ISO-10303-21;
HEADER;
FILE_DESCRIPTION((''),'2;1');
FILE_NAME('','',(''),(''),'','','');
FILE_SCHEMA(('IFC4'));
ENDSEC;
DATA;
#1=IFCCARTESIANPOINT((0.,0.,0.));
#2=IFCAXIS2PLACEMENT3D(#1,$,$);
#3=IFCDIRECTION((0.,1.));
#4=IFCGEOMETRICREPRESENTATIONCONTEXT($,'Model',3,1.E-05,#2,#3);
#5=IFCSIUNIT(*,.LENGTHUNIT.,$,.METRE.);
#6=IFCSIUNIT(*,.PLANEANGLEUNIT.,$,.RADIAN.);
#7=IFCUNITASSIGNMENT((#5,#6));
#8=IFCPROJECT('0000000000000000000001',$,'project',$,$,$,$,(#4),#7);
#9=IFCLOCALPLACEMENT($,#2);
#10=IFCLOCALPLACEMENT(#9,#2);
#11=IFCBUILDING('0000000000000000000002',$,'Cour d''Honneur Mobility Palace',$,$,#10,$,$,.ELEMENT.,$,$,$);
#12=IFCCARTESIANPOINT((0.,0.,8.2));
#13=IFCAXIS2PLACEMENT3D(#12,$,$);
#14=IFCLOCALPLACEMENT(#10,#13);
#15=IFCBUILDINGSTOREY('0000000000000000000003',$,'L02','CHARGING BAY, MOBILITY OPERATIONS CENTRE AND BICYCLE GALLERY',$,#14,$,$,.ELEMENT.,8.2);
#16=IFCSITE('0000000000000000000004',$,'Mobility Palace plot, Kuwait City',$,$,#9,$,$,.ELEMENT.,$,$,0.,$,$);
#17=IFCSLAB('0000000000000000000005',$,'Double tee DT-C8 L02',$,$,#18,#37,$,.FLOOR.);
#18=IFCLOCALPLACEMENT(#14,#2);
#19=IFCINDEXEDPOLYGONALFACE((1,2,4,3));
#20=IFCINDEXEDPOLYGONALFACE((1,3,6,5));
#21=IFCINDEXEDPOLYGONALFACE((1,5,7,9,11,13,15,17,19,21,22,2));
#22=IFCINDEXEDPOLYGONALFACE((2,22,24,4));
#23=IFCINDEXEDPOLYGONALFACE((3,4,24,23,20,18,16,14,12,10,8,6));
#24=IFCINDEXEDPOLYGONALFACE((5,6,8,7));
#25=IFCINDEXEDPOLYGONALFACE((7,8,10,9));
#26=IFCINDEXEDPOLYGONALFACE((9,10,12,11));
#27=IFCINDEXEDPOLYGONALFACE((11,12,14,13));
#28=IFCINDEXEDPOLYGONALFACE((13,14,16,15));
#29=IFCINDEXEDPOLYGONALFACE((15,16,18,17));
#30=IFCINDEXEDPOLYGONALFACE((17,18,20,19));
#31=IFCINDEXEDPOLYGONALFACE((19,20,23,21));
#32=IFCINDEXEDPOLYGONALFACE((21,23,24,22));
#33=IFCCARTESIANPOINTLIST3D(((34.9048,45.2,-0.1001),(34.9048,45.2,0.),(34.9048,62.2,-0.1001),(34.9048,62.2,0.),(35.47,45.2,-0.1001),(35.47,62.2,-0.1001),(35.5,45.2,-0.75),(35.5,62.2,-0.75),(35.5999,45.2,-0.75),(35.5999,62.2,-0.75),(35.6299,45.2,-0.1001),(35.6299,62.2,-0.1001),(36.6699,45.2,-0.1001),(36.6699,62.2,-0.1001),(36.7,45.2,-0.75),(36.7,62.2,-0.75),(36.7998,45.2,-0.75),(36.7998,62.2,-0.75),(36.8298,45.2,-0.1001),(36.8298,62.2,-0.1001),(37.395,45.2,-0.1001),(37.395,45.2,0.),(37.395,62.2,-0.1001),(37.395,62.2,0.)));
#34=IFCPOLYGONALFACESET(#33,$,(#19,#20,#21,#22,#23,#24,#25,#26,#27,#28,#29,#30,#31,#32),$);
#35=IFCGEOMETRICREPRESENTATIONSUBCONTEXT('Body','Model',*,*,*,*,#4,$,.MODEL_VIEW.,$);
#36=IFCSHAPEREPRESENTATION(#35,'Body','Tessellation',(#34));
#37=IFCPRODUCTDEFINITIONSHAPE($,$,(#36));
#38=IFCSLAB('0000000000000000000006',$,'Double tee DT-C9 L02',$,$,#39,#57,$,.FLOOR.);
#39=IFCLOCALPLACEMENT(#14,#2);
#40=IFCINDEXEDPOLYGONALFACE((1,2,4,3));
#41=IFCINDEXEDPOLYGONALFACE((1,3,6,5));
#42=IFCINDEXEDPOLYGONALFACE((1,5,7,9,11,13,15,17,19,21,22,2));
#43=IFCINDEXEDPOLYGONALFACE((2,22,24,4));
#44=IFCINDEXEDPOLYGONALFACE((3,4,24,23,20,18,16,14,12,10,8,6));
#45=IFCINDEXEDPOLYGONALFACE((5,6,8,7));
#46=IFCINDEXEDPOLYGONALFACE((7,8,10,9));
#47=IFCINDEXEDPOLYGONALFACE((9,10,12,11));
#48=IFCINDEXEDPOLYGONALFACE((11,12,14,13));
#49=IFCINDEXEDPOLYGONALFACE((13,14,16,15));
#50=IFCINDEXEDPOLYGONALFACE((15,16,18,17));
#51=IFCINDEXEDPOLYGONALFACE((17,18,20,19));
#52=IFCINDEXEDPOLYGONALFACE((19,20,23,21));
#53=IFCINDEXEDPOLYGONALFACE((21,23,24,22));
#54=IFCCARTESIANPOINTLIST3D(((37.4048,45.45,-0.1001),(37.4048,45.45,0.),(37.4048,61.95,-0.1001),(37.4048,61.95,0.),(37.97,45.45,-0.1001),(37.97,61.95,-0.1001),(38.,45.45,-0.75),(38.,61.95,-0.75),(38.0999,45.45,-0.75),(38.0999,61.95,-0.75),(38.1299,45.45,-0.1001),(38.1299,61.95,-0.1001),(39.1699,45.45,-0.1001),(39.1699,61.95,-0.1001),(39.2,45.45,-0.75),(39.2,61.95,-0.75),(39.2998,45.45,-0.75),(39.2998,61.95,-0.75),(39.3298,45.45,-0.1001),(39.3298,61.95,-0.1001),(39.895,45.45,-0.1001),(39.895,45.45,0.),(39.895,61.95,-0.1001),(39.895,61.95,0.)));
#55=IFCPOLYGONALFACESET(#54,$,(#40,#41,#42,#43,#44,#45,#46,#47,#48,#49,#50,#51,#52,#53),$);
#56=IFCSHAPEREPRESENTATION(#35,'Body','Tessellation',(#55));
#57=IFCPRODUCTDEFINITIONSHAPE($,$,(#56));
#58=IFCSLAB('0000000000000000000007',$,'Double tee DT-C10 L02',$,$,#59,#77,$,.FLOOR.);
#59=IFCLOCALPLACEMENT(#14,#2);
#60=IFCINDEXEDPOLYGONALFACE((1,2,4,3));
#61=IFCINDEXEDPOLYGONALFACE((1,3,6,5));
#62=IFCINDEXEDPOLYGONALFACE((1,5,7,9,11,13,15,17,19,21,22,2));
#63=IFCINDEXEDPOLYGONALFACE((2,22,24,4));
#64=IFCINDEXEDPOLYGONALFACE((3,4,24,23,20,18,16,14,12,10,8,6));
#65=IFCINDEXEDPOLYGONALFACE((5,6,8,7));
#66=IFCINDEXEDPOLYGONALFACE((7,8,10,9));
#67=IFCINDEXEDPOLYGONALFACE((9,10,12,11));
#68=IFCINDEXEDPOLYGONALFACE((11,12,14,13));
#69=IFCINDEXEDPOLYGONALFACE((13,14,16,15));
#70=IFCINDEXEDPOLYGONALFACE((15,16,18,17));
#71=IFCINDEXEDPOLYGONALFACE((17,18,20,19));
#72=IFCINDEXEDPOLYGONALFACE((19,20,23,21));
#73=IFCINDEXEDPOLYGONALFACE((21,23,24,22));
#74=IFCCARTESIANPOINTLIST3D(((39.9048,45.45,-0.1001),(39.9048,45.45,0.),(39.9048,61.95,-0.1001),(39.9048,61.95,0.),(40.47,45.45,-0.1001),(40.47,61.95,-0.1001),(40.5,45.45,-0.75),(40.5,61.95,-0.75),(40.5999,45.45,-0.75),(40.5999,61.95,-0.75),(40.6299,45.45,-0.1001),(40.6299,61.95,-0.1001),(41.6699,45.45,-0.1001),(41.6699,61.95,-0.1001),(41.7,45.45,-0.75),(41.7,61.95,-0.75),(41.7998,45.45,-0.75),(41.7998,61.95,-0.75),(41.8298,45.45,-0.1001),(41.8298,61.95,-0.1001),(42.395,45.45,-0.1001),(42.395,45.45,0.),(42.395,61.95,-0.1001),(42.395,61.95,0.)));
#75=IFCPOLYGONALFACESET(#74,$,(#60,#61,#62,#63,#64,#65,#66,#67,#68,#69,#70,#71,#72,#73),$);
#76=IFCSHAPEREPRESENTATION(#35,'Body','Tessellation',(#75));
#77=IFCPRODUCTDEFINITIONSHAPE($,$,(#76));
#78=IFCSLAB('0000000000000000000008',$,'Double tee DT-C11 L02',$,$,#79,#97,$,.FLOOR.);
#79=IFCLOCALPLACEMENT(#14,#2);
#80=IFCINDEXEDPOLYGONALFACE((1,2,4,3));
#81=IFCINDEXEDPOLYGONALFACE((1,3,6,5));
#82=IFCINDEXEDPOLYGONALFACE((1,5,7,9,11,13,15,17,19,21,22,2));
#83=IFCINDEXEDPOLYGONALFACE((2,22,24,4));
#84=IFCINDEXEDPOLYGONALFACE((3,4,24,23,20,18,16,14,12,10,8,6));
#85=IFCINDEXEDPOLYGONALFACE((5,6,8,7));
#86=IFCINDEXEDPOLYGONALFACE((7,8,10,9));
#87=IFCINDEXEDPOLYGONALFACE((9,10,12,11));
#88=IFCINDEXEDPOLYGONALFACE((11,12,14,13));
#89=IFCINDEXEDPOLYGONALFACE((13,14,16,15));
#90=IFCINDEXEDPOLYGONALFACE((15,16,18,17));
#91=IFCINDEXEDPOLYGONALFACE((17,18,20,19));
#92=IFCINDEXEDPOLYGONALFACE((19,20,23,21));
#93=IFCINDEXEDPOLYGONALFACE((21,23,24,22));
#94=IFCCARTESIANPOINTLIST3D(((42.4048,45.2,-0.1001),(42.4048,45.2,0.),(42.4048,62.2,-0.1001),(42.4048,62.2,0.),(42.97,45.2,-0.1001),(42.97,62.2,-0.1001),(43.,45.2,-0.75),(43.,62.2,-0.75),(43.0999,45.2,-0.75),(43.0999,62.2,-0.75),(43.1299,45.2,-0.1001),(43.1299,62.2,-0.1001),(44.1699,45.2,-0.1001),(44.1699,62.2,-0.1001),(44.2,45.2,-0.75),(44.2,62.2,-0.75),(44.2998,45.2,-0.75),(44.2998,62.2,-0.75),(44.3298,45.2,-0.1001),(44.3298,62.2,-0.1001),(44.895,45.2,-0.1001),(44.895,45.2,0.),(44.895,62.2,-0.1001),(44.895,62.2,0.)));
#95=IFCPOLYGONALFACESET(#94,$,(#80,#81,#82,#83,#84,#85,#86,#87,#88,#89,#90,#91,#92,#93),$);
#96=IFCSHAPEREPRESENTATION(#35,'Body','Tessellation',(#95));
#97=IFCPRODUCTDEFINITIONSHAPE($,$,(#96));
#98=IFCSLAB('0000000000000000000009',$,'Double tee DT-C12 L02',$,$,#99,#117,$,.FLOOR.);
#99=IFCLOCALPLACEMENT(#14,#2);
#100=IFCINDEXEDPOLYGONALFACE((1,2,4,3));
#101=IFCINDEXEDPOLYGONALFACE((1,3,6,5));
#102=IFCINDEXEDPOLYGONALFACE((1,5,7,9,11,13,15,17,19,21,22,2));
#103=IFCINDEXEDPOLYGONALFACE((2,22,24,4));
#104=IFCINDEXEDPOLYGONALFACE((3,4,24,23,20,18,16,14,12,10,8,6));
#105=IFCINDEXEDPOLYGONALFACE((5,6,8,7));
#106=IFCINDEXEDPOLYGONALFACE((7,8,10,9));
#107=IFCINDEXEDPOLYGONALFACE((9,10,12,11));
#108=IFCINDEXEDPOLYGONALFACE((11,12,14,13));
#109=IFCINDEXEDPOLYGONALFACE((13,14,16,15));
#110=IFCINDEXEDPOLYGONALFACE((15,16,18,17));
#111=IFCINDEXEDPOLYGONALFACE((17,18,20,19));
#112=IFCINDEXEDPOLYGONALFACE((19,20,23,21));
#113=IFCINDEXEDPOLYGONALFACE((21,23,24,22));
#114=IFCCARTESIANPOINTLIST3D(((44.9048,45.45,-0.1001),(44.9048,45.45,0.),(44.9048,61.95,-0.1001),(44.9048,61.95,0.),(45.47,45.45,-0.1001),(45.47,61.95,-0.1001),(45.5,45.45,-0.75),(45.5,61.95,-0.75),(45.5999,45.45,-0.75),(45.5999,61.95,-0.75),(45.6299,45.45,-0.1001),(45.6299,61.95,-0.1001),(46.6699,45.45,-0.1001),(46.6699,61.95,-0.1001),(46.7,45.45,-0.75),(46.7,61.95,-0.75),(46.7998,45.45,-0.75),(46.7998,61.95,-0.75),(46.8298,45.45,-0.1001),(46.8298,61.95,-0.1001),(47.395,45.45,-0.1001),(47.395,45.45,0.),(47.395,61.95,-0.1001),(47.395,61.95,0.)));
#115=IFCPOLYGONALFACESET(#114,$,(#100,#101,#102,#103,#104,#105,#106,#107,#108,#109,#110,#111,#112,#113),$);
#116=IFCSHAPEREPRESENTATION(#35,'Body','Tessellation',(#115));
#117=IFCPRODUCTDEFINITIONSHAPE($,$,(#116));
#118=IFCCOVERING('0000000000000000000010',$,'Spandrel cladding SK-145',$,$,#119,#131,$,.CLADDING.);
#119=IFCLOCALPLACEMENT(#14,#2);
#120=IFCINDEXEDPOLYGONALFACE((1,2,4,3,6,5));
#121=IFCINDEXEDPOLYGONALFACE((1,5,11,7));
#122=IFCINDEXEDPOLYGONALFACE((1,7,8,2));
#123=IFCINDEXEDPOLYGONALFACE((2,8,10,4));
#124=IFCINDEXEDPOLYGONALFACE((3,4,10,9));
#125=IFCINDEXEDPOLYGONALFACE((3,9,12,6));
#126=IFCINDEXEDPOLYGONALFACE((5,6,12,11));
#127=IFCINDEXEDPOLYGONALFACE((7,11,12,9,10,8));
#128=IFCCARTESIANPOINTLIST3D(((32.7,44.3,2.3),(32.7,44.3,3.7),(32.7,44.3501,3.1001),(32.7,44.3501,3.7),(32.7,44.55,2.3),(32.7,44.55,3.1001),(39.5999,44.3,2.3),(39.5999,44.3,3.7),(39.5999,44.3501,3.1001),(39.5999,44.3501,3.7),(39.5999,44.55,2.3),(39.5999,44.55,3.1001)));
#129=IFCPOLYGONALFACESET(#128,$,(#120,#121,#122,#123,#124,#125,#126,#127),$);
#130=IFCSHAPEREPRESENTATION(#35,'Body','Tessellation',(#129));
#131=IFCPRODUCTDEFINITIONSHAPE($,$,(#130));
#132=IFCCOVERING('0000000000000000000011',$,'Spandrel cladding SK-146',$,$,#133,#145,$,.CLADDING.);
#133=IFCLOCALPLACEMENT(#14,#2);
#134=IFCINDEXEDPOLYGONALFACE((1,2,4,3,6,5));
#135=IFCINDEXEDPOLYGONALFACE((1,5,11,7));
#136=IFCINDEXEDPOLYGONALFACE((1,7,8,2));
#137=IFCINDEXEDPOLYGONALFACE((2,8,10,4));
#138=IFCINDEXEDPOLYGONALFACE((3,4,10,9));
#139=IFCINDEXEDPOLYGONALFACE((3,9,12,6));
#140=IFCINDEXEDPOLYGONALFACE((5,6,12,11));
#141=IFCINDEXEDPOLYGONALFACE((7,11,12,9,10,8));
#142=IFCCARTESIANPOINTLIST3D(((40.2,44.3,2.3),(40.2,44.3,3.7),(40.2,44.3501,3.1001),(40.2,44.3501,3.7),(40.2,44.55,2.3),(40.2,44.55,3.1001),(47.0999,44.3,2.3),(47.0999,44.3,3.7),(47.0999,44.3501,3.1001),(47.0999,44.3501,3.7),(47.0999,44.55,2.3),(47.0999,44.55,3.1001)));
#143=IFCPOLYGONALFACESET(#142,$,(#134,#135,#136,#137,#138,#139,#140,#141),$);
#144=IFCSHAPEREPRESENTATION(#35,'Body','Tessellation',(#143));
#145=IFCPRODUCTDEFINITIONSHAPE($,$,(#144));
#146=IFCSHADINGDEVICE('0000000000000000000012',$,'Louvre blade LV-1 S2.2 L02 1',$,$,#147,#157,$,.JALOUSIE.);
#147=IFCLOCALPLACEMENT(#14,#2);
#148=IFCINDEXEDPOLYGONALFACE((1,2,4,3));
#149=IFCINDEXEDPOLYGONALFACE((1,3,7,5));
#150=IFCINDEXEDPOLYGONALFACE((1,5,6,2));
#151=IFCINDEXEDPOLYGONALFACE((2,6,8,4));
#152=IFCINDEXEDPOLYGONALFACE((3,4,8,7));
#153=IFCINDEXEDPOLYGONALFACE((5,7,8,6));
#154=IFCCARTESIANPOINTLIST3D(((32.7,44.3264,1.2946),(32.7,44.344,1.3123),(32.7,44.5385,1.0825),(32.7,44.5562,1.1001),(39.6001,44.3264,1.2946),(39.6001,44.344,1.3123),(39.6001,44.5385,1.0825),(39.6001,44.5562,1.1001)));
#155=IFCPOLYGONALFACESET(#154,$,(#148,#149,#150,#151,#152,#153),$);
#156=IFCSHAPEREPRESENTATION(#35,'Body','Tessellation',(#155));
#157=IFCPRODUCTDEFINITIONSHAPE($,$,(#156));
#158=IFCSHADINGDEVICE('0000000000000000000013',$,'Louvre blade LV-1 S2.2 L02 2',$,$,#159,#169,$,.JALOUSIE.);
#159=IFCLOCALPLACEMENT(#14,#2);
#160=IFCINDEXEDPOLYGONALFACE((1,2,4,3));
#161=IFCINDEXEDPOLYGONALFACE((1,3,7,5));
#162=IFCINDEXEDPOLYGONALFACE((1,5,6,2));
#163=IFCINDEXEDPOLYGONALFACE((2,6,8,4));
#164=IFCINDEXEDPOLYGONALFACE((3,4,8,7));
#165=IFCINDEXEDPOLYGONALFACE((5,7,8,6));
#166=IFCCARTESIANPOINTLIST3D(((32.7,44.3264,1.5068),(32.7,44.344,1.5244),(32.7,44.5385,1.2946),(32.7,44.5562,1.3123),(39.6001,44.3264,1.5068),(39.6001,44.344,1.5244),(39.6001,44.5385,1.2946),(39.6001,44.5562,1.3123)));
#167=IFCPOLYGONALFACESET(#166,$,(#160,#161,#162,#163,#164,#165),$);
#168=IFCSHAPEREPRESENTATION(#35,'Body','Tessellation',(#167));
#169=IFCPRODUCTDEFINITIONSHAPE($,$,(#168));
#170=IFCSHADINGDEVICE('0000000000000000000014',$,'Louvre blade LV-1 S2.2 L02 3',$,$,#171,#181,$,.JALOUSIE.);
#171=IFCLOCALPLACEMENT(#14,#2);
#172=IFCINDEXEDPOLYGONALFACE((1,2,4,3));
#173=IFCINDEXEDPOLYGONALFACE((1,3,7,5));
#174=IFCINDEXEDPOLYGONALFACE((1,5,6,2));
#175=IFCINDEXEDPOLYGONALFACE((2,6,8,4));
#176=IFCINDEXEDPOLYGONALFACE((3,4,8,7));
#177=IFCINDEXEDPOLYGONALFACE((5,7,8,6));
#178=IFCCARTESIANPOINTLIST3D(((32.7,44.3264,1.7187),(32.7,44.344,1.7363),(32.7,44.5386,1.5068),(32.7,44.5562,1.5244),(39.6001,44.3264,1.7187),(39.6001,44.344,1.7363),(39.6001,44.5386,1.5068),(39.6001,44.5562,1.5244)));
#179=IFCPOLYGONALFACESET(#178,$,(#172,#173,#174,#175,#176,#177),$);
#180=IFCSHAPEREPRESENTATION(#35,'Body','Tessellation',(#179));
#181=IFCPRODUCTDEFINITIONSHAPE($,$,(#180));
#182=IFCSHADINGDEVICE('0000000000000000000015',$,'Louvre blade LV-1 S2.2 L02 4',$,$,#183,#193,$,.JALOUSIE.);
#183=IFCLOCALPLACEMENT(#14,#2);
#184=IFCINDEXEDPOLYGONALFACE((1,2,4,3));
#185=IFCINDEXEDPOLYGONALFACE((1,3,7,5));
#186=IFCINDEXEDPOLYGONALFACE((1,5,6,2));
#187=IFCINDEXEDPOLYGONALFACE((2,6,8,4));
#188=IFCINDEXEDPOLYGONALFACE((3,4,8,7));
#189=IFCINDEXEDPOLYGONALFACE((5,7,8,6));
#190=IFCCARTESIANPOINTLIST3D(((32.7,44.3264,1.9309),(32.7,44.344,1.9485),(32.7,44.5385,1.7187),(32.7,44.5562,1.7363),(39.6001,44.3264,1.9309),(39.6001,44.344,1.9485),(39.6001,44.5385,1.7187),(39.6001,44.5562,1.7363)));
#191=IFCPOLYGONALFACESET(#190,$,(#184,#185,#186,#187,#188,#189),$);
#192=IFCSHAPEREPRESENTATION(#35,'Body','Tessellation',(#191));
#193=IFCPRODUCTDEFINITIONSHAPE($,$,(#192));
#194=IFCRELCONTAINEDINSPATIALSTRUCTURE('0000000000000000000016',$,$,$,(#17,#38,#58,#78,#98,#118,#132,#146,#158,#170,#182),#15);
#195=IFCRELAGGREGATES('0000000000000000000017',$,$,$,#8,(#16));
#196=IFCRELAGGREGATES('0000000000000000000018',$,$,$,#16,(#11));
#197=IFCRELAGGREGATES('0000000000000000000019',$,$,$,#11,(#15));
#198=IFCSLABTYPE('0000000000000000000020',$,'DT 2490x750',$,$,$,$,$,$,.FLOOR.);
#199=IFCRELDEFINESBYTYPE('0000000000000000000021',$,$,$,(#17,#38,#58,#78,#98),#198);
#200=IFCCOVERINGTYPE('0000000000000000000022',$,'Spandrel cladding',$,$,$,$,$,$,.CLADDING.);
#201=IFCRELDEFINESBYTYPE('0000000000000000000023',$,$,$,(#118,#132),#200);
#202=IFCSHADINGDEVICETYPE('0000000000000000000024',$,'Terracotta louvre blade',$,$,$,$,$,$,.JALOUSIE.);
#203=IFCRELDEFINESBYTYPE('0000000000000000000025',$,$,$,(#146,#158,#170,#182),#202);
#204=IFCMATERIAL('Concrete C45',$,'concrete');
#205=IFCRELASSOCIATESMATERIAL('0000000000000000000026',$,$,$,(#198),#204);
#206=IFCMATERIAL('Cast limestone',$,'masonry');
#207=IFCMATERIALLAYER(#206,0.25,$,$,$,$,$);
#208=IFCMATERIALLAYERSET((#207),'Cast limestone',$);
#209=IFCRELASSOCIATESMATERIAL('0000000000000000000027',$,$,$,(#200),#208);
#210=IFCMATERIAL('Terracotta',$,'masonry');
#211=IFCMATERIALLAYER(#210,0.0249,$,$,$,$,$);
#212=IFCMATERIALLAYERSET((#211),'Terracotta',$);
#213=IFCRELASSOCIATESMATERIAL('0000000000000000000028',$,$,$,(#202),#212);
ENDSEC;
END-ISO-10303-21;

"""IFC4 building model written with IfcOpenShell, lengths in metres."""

from ifc_helpers import new_model, si_unit, direction, frame, origin, place, context, subcontext, project, spatial, polyline, outline, extrude, material, layer, layer_set, material_profile, profile_set, type_object, element, save


model = new_model("IFC4")

# Units and contexts
model_context = context("Model", 3, precision=1e-05, world=origin(), true_north=direction((0.0, 1.0)))
body_context = subcontext(model_context, "Body", "Model", "MODEL_VIEW")
ifc_project = project(units=[si_unit("LENGTHUNIT", "METRE"), si_unit("PLANEANGLEUNIT", "RADIAN")], contexts=[model_context])

# Site, building, storey
site_placement = place(None, origin())
site = spatial("IfcSite", under=ifc_project, at=site_placement, Name="Mobility Palace plot, Kuwait City", CompositionType="ELEMENT", RefElevation=0.0)
building_placement = place(site_placement, origin())
building = spatial("IfcBuilding", under=site, at=building_placement, Name="Cour d'Honneur Mobility Palace", CompositionType="ELEMENT")
storey_placement = place(building_placement, frame((0.0, 0.0, 8.2)))
storey = spatial("IfcBuildingStorey", under=building, at=storey_placement, Name="L02", Description="CHARGING BAY, MOBILITY OPERATIONS CENTRE AND BICYCLE GALLERY", CompositionType="ELEMENT", Elevation=8.2)

# Slabs
ifc_material_1 = material(Name="Concrete C45", Category="concrete")
ifc_material_profile_1 = material_profile(ifc_material_1, outline(polyline([(-1.2451, 0.0), (1.2451, 0.0), (1.2451, -0.1001), (0.6799, -0.1001), (0.6499, -0.75), (0.55, -0.75), (0.52, -0.1001), (-0.52, -0.1001), (-0.55, -0.75), (-0.6499, -0.75), (-0.6799, -0.1001), (-1.2451, -0.1001), (-1.2451, 0.0)])), Name="DT 2490x750")
ifc_profile_set_1 = profile_set([ifc_material_profile_1], Name="Concrete C45")
slab_type = type_object("IfcSlabType", Name="DT 2490x750", PredefinedType="FLOOR", material=ifc_profile_set_1)
slab_1_placement = place(storey_placement, frame((36.1499, 45.2, 0.0), z_axis=(0.0, 1.0, 0.0), x_axis=(-1.0, 0.0, 0.0)))
element("IfcSlab", 1, at=slab_1_placement, inside=storey, type_object=slab_type, Name="Double tee DT-C8 L02", PredefinedType="FLOOR", context=body_context, shape_type="SweptSolid", body=[
    extrude(outline(polyline([(-1.2451, 0.0), (1.2451, 0.0), (1.2451, -0.1001), (0.6799, -0.1001), (0.6499, -0.75), (0.55, -0.75), (0.52, -0.1001), (-0.52, -0.1001), (-0.55, -0.75), (-0.6499, -0.75), (-0.6799, -0.1001), (-1.2451, -0.1001), (-1.2451, 0.0)])), origin(), (0.0, 0.0, 1.0), 17.0),
])
for number, where, z_axis, x_axis, name in (
    (2, (38.6499, 45.45, 0.0), (0.0, 1.0, 0.0), (-1.0, 0.0, 0.0), "Double tee DT-C9 L02"),
    (3, (41.1499, 45.45, 0.0), (0.0, 1.0, 0.0), (-1.0, 0.0, 0.0), "Double tee DT-C10 L02"),
):
    element("IfcSlab", number, at=place(storey_placement, frame(where, z_axis=z_axis, x_axis=x_axis)), inside=storey, type_object=slab_type, Name=name, PredefinedType="FLOOR", context=body_context, shape_type="SweptSolid", body=[
        extrude(outline(polyline([(-1.2451, 0.0), (1.2451, 0.0), (1.2451, -0.1001), (0.6799, -0.1001), (0.6499, -0.75), (0.55, -0.75), (0.52, -0.1001), (-0.52, -0.1001), (-0.55, -0.75), (-0.6499, -0.75), (-0.6799, -0.1001), (-1.2451, -0.1001), (-1.2451, 0.0)])), origin(), (0.0, 0.0, 1.0), 16.5),
    ])
slab_2_placement = place(storey_placement, frame((43.6499, 45.2, 0.0), z_axis=(0.0, 1.0, 0.0), x_axis=(-1.0, 0.0, 0.0)))
element("IfcSlab", 4, at=slab_2_placement, inside=storey, type_object=slab_type, Name="Double tee DT-C11 L02", PredefinedType="FLOOR", context=body_context, shape_type="SweptSolid", body=[
    extrude(outline(polyline([(-1.2451, 0.0), (1.2451, 0.0), (1.2451, -0.1001), (0.6799, -0.1001), (0.6499, -0.75), (0.55, -0.75), (0.52, -0.1001), (-0.52, -0.1001), (-0.55, -0.75), (-0.6499, -0.75), (-0.6799, -0.1001), (-1.2451, -0.1001), (-1.2451, 0.0)])), origin(), (0.0, 0.0, 1.0), 17.0),
])
slab_3_placement = place(storey_placement, frame((46.1499, 45.45, 0.0), z_axis=(0.0, 1.0, 0.0), x_axis=(-1.0, 0.0, 0.0)))
element("IfcSlab", 5, at=slab_3_placement, inside=storey, type_object=slab_type, Name="Double tee DT-C12 L02", PredefinedType="FLOOR", context=body_context, shape_type="SweptSolid", body=[
    extrude(outline(polyline([(-1.2451, 0.0), (1.2451, 0.0), (1.2451, -0.1001), (0.6799, -0.1001), (0.6499, -0.75), (0.55, -0.75), (0.52, -0.1001), (-0.52, -0.1001), (-0.55, -0.75), (-0.6499, -0.75), (-0.6799, -0.1001), (-1.2451, -0.1001), (-1.2451, 0.0)])), origin(), (0.0, 0.0, 1.0), 16.5),
])

# Coverings
ifc_material_2 = material(Name="Cast limestone", Category="masonry")
ifc_layer_1 = layer(ifc_material_2, 0.25)
ifc_layer_set_1 = layer_set([ifc_layer_1], Name="Cast limestone")
covering_type = type_object("IfcCoveringType", Name="Spandrel cladding", PredefinedType="CLADDING", material=ifc_layer_set_1)
for number, where, z_axis, x_axis, name in (
    (6, (32.7, 44.55, 2.3), (-1.0, 0.0, 0.0), (0.0, -1.0, 0.0), "Spandrel cladding SK-145"),
    (7, (40.2, 44.55, 2.3), (-1.0, 0.0, 0.0), (0.0, -1.0, 0.0), "Spandrel cladding SK-146"),
):
    element("IfcCovering", number, at=place(storey_placement, frame(where, z_axis=z_axis, x_axis=x_axis)), inside=storey, type_object=covering_type, Name=name, PredefinedType="CLADDING", context=body_context, shape_type="SweptSolid", body=[
        extrude(outline(polyline([(0.0, 0.0), (0.25, 0.0), (0.25, 1.3999), (0.2, 1.3999), (0.2, 0.8), (0.0, 0.8), (0.0, 0.0)])), origin(), (0.0, 0.0, -1.0), 6.8999),
    ])

# Shading devices
ifc_material_3 = material(Name="Terracotta", Category="masonry")
ifc_layer_2 = layer(ifc_material_3, 0.0249)
ifc_layer_set_2 = layer_set([ifc_layer_2], Name="Terracotta")
shading_device_type = type_object("IfcShadingDeviceType", Name="Terracotta louvre blade", PredefinedType="JALOUSIE", material=ifc_layer_set_2)
for number, where, z_axis, x_axis, name in (
    (8, (32.7, 44.5562, 1.1001), (0.0, 0.707107, 0.707107), (1.0, 0.0, 0.0), "Louvre blade LV-1 S2.2 L02 1"),
    (9, (32.7, 44.5562, 1.3123), (0.0, 0.707107, 0.707107), (1.0, 0.0, 0.0), "Louvre blade LV-1 S2.2 L02 2"),
):
    element("IfcShadingDevice", number, at=place(storey_placement, frame(where, z_axis=z_axis, x_axis=x_axis)), inside=storey, type_object=shading_device_type, Name=name, PredefinedType="JALOUSIE", context=body_context, shape_type="SweptSolid", body=[
        extrude(outline(polyline([(0.0, 0.0), (6.9001, 0.0), (6.9001, -0.3), (0.0, -0.3), (0.0, 0.0)])), origin(), (0.0, 0.0, -1.0), 0.0249),
    ])
shading_device_1_placement = place(storey_placement, frame((32.7, 44.5562, 1.5244), z_axis=(0.0, 0.7067, 0.707514), x_axis=(1.0, 0.0, 0.0)))
element("IfcShadingDevice", 10, at=shading_device_1_placement, inside=storey, type_object=shading_device_type, Name="Louvre blade LV-1 S2.2 L02 3", PredefinedType="JALOUSIE", context=body_context, shape_type="SweptSolid", body=[
    extrude(outline(polyline([(0.0, 0.0), (6.9001, 0.0), (6.9001, -0.2999), (0.0, -0.2999), (0.0, 0.0)])), origin(), (0.0, 0.0, -1.0), 0.0249),
])
for number, where, z_axis, x_axis, name in (
    (11, (32.7, 44.5562, 1.7363), (0.0, 0.707107, 0.707107), (1.0, 0.0, 0.0), "Louvre blade LV-1 S2.2 L02 4"),
):
    element("IfcShadingDevice", number, at=place(storey_placement, frame(where, z_axis=z_axis, x_axis=x_axis)), inside=storey, type_object=shading_device_type, Name=name, PredefinedType="JALOUSIE", context=body_context, shape_type="SweptSolid", body=[
        extrude(outline(polyline([(0.0, 0.0), (6.9001, 0.0), (6.9001, -0.3), (0.0, -0.3), (0.0, 0.0)])), origin(), (0.0, 0.0, -1.0), 0.0249),
    ])

save(model, "model.ifc")
